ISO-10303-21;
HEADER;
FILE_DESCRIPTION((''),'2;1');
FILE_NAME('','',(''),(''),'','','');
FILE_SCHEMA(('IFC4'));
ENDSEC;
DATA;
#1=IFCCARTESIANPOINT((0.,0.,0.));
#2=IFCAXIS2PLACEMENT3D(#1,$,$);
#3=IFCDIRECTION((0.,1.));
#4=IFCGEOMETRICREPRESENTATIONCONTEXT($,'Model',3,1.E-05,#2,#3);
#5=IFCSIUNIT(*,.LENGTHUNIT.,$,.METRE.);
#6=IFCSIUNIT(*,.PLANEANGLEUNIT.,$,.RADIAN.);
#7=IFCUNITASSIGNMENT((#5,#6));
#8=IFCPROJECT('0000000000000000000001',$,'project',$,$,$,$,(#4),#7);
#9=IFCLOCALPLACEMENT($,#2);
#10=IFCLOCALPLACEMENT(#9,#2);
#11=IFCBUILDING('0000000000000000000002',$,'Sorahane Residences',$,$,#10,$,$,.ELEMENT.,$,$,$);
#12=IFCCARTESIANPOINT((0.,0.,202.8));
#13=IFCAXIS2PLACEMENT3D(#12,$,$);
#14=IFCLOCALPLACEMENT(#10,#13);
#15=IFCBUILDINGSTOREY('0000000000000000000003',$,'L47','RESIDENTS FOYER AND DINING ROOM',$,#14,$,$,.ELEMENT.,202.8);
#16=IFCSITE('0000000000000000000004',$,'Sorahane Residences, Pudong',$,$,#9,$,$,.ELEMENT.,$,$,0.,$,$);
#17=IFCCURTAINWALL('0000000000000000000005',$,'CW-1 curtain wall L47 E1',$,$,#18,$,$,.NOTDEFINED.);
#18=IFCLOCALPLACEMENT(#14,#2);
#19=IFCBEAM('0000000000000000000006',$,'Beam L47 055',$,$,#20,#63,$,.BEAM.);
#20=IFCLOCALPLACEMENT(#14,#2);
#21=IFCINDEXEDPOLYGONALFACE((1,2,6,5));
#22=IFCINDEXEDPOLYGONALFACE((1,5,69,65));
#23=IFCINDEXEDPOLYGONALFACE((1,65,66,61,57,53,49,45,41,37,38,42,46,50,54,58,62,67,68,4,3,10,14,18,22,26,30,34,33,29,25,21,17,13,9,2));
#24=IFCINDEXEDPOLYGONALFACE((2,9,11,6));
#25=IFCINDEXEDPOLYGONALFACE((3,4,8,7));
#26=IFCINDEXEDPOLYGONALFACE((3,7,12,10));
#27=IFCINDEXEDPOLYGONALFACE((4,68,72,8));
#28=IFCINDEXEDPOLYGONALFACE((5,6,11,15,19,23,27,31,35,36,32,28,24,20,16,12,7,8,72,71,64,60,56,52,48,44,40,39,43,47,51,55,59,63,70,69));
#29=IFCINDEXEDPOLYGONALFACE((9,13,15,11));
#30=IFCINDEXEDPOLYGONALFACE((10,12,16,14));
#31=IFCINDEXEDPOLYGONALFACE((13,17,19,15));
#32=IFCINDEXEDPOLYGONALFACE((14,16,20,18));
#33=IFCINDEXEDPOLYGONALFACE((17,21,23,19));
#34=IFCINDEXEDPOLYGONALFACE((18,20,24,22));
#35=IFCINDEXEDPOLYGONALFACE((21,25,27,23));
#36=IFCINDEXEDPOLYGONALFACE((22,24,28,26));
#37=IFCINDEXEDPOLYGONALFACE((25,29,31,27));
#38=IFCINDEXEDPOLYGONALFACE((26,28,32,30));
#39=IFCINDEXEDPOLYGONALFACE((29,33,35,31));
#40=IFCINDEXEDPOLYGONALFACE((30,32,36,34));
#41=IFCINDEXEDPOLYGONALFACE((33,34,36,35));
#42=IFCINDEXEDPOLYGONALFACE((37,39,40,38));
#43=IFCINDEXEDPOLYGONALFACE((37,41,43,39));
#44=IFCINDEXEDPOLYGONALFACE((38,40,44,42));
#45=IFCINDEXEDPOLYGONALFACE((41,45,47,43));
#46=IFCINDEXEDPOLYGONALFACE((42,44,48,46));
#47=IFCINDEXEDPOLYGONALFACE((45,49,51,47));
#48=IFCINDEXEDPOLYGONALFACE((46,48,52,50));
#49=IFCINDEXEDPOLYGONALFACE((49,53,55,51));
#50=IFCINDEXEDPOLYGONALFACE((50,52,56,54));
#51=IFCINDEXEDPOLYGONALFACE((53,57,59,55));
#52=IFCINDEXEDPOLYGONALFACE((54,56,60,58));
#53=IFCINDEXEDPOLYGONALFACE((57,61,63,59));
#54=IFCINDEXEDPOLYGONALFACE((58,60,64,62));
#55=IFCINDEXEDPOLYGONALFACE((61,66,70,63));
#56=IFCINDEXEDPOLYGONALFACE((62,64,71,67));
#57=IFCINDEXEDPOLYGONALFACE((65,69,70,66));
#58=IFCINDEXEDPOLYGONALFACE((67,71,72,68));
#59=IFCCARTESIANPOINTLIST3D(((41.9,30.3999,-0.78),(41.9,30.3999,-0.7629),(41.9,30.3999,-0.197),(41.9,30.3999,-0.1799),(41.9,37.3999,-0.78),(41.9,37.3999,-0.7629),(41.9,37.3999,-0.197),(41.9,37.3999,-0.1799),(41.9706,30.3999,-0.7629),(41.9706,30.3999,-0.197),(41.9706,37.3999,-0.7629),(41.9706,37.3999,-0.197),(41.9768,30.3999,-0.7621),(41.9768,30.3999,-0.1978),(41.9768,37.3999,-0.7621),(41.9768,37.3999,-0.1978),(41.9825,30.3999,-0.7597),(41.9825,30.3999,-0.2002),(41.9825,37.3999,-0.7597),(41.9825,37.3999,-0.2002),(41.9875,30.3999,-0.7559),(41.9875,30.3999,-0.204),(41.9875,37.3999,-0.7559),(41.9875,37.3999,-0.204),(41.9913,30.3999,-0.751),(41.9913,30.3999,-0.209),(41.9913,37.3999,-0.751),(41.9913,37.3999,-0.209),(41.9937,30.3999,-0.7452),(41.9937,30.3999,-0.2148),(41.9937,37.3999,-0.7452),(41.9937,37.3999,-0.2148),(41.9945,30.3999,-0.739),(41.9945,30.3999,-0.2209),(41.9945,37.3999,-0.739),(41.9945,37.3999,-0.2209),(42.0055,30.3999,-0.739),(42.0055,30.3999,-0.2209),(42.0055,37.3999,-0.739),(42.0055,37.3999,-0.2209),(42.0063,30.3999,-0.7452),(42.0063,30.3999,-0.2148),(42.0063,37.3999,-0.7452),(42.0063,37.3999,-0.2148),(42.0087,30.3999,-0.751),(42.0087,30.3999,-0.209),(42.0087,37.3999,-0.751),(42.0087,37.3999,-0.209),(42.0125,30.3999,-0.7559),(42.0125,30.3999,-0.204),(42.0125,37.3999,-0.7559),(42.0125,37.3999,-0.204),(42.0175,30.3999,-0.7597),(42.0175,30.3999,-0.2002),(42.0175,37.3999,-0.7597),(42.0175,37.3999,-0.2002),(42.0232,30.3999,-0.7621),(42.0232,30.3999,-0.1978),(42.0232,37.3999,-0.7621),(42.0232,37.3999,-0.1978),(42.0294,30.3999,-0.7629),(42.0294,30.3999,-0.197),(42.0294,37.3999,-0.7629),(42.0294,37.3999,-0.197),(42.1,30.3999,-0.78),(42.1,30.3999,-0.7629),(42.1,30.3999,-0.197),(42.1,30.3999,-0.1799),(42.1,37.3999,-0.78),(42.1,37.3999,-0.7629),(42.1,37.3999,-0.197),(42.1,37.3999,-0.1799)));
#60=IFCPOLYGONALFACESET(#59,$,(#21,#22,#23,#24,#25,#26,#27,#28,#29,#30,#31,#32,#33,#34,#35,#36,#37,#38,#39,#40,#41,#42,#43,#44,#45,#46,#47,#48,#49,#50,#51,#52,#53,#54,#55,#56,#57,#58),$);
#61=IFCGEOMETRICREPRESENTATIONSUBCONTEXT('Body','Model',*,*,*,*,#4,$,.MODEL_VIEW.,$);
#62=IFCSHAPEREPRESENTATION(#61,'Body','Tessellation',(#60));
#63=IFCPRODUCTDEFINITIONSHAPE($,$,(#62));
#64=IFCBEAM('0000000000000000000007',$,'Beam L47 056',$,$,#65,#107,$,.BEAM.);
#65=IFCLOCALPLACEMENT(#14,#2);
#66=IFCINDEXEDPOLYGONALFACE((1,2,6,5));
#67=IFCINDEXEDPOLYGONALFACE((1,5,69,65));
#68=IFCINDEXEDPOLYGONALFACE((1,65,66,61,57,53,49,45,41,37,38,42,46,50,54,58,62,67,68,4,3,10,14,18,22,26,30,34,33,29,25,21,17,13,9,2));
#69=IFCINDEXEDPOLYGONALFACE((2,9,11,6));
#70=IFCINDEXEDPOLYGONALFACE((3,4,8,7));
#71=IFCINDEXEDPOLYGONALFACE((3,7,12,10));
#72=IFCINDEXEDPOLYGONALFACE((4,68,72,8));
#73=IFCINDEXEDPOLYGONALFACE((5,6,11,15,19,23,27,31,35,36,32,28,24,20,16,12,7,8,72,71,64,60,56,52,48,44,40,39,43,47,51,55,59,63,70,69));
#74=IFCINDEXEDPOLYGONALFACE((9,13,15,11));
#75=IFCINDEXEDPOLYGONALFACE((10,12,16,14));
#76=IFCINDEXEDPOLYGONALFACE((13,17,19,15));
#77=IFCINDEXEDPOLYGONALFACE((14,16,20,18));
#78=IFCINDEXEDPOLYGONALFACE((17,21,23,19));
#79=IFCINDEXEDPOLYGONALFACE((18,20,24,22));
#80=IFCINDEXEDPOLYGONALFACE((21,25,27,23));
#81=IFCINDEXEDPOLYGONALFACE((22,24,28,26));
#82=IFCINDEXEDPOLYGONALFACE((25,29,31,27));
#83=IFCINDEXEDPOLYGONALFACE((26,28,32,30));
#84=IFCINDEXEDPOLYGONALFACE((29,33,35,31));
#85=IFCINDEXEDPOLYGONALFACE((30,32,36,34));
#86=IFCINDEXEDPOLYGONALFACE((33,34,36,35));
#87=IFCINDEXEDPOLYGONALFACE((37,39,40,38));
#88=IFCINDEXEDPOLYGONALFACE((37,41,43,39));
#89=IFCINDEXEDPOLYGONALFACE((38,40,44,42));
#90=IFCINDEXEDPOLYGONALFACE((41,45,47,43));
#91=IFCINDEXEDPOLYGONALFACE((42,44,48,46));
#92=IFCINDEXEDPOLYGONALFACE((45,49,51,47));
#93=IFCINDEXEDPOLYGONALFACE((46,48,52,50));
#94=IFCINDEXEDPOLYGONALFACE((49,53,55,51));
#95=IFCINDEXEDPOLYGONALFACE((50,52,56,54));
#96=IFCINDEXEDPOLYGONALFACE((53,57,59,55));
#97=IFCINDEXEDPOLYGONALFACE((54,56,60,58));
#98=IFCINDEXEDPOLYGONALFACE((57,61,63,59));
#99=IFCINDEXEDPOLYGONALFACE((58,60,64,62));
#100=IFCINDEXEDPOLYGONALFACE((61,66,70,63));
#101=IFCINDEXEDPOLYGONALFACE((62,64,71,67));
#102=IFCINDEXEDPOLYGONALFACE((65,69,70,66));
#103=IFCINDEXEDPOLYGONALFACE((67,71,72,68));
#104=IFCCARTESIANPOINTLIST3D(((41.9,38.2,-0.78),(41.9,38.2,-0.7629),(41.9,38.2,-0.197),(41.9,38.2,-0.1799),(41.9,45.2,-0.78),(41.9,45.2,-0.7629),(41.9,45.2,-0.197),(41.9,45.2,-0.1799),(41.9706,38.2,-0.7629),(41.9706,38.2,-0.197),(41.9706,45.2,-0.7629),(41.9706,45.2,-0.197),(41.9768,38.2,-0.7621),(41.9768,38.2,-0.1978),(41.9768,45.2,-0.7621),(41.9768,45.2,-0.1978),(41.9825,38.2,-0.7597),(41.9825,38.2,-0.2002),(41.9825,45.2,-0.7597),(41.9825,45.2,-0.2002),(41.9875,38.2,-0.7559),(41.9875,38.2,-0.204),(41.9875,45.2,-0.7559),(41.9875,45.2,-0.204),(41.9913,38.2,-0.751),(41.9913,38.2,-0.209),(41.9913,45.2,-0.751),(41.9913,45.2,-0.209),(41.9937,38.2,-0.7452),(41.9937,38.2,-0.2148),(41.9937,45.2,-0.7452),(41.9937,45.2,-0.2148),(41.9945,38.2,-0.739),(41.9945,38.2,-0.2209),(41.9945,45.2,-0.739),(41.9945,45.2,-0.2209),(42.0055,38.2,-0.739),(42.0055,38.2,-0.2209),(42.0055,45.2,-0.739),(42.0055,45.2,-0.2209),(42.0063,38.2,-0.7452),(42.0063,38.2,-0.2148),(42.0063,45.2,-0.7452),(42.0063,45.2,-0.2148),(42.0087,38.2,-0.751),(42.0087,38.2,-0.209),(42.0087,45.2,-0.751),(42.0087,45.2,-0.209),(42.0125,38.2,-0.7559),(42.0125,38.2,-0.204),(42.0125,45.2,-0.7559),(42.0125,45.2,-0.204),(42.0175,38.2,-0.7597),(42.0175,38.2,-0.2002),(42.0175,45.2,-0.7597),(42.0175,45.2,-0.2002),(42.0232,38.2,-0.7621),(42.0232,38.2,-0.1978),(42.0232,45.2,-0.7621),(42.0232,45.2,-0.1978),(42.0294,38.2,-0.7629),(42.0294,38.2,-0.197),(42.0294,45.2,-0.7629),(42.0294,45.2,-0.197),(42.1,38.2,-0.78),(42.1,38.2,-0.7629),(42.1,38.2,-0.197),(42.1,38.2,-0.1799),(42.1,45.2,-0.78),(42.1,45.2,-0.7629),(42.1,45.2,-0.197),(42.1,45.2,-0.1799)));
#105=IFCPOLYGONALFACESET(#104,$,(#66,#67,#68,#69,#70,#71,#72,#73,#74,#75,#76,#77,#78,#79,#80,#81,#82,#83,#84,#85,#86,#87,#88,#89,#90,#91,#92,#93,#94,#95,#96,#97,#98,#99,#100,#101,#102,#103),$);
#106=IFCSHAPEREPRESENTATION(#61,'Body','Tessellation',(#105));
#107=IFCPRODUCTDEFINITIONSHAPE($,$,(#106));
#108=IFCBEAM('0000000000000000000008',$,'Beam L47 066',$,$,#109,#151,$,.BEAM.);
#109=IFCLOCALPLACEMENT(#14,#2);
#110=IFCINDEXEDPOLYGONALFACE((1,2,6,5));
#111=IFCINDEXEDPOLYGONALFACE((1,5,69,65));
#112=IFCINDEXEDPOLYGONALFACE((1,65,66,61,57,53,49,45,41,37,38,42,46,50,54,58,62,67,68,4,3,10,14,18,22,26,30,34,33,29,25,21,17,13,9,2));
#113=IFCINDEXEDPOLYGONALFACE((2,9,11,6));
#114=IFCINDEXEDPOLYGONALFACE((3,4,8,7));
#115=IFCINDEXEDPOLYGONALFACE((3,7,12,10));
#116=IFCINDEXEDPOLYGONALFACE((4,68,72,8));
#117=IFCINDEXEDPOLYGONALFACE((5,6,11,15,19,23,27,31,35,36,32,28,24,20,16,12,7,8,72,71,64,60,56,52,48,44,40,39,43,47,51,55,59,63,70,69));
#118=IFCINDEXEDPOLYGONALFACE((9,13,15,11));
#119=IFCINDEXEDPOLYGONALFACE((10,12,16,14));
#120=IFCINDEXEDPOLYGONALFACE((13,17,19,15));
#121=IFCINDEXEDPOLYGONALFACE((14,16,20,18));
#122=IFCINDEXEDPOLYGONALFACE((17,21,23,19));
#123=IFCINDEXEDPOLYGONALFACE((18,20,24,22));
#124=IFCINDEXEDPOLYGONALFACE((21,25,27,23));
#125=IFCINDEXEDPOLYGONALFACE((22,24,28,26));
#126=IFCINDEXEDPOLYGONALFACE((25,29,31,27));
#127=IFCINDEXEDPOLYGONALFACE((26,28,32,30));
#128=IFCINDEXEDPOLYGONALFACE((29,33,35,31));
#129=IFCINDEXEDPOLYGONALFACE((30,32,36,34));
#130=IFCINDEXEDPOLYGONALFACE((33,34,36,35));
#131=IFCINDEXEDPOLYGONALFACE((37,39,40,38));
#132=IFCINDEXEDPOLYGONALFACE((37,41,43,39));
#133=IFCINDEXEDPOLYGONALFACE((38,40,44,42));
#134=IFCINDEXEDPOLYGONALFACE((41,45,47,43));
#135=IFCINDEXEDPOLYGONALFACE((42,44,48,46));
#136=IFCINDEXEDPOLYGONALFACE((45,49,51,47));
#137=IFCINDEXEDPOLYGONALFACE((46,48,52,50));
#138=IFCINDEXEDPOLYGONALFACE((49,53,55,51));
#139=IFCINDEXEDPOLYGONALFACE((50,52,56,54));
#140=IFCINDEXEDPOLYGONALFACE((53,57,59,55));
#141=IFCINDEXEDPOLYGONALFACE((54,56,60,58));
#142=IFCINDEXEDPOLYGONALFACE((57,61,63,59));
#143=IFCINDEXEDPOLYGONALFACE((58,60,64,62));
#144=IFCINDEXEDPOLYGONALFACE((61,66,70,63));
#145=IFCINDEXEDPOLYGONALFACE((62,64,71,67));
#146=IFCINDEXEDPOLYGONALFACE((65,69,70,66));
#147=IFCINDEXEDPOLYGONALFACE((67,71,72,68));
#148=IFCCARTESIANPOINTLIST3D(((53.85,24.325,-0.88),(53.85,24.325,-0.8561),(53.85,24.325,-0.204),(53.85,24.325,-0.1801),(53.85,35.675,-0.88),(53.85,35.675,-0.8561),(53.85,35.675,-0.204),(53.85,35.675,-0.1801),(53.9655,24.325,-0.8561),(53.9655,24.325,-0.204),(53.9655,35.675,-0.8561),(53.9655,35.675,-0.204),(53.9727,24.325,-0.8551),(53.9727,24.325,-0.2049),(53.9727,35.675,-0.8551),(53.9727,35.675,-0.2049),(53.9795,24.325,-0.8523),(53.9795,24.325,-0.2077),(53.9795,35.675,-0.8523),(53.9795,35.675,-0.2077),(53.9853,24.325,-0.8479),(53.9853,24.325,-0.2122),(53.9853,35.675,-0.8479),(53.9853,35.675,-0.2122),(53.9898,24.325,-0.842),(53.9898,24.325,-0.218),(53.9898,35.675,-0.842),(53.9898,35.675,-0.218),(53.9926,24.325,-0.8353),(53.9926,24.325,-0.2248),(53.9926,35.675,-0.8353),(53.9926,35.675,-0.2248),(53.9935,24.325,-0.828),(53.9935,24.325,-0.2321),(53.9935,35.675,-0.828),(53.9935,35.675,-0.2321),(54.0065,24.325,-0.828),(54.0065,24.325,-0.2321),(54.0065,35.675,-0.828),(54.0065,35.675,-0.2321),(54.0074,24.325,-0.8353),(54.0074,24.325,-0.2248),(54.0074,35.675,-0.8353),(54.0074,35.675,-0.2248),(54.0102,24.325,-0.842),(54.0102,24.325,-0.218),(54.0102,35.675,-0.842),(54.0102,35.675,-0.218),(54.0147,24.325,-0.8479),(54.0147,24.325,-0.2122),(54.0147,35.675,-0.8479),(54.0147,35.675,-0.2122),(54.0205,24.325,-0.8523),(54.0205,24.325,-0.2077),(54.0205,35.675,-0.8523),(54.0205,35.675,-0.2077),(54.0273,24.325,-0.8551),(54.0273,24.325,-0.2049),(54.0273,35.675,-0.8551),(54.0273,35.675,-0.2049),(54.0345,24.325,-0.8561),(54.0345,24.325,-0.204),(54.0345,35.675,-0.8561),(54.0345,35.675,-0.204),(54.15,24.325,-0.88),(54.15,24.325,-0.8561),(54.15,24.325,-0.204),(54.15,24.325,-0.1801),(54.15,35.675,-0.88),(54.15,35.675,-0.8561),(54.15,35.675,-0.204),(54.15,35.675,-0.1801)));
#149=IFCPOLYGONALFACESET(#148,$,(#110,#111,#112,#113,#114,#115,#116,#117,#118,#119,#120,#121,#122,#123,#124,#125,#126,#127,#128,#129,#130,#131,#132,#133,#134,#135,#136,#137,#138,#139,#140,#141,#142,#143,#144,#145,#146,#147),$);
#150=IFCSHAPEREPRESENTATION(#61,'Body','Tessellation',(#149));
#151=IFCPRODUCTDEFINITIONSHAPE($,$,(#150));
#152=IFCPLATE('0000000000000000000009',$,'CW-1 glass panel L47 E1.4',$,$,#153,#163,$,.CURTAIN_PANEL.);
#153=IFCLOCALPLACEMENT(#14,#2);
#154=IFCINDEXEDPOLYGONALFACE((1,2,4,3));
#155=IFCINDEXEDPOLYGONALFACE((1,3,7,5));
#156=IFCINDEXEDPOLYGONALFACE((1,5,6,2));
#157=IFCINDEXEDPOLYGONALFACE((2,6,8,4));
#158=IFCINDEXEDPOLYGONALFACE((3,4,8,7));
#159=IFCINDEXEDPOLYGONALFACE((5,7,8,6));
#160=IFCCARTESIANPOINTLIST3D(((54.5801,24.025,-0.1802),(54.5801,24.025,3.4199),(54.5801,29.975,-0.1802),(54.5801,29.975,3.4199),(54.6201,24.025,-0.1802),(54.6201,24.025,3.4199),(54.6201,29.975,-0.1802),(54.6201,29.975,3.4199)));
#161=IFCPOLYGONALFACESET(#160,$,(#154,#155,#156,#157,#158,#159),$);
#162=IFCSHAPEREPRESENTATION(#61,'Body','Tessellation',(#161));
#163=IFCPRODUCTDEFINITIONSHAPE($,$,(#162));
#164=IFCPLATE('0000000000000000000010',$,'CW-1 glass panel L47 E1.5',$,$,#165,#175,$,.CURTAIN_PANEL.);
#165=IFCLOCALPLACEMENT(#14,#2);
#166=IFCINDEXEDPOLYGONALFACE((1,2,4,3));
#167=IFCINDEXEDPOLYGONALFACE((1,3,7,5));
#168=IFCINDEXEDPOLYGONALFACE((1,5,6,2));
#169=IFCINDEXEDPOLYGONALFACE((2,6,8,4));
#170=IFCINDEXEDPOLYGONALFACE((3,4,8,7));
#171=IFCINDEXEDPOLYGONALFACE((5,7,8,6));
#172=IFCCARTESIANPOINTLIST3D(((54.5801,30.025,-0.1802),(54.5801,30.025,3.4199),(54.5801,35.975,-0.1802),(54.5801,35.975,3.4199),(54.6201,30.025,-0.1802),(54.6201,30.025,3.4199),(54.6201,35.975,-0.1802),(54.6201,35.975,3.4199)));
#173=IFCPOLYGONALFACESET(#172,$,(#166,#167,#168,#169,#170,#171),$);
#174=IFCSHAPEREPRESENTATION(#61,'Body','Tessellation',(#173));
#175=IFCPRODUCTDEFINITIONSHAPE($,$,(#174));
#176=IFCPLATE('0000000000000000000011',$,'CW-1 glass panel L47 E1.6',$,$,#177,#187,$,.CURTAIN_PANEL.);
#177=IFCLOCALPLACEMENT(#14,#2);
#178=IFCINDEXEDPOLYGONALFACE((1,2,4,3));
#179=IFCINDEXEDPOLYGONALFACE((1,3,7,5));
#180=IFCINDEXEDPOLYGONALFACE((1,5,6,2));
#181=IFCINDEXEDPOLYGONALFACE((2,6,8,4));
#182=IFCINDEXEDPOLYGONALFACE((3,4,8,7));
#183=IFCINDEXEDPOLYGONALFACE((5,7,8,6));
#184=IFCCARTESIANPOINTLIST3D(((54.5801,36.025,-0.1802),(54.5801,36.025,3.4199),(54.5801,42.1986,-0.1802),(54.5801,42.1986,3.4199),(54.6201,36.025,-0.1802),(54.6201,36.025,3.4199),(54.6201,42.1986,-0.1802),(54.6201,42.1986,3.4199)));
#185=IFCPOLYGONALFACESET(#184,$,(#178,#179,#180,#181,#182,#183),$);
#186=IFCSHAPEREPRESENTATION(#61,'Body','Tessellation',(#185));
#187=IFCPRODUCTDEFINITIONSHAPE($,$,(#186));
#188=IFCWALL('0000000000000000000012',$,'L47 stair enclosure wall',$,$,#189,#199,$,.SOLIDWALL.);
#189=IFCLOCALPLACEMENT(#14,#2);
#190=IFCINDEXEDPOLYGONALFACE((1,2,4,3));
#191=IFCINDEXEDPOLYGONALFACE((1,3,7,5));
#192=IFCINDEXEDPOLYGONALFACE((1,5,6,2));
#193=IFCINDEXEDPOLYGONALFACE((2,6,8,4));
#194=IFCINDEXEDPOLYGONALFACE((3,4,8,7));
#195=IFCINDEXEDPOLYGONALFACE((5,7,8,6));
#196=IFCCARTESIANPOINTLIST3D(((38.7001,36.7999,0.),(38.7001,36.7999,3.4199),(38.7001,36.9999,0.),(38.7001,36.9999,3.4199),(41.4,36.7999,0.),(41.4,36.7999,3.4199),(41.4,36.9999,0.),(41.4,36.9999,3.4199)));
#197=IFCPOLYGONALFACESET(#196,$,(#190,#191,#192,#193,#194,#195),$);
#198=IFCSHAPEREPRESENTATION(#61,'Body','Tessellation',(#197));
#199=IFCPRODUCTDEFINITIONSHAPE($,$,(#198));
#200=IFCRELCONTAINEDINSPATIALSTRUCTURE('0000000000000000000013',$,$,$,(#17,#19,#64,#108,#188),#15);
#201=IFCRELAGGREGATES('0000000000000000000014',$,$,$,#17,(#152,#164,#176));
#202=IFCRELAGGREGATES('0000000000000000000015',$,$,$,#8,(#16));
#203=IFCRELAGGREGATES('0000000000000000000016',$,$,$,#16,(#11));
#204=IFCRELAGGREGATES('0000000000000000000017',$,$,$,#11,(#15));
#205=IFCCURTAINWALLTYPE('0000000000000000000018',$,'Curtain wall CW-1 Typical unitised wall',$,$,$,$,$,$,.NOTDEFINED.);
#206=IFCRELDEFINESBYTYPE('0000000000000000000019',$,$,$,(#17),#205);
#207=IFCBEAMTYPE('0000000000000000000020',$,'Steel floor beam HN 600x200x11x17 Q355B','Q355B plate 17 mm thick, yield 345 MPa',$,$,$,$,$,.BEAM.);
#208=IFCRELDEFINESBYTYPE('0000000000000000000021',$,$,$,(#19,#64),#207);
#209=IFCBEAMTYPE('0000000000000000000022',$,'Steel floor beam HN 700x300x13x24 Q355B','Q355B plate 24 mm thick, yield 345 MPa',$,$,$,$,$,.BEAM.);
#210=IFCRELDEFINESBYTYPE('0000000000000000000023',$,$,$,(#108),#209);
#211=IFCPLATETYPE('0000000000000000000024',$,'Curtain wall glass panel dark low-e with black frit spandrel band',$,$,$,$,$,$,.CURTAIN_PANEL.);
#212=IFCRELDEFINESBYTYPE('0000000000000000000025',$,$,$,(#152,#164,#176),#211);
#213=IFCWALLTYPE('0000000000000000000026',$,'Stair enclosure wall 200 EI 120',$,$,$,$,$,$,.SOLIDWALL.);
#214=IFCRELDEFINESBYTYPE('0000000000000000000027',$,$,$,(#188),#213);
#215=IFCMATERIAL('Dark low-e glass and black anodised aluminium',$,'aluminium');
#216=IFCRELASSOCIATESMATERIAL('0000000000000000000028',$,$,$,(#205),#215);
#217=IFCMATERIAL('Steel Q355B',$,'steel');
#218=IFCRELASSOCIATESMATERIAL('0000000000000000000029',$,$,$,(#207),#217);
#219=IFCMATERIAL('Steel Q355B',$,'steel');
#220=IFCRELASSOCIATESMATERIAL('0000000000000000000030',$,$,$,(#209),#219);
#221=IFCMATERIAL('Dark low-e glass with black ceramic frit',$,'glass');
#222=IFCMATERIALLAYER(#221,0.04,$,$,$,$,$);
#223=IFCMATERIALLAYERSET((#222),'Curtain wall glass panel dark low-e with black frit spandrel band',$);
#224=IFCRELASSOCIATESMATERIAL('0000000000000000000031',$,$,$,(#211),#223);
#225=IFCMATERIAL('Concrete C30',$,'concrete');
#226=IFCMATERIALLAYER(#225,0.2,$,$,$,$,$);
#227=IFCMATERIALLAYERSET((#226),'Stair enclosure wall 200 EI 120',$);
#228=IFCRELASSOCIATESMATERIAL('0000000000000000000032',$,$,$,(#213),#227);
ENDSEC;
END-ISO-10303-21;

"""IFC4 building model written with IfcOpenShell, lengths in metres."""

from ifc_helpers import new_model, si_unit, direction, frame, frame_2d, origin, origin_2d, place, context, subcontext, project, spatial, rectangle, i_section, extrude, material, layer, layer_set, material_profile, profile_set, type_object, element, aggregate, save


model = new_model("IFC4")

# Units and contexts
model_context = context("Model", 3, precision=1e-05, world=origin(), true_north=direction((0.0, 1.0)))
body_context = subcontext(model_context, "Body", "Model", "MODEL_VIEW")
ifc_project = project(units=[si_unit("LENGTHUNIT", "METRE"), si_unit("PLANEANGLEUNIT", "RADIAN")], contexts=[model_context])

# Site, building, storey
site_placement = place(None, origin())
site = spatial("IfcSite", under=ifc_project, at=site_placement, Name="Sorahane Residences, Pudong", CompositionType="ELEMENT", RefElevation=0.0)
building_placement = place(site_placement, origin())
building = spatial("IfcBuilding", under=site, at=building_placement, Name="Sorahane Residences", CompositionType="ELEMENT")
storey_placement = place(building_placement, frame((0.0, 0.0, 202.8)))
storey = spatial("IfcBuildingStorey", under=building, at=storey_placement, Name="L47", Description="RESIDENTS FOYER AND DINING ROOM", CompositionType="ELEMENT", Elevation=202.8)

# Curtain wall
ifc_material_1 = material(Name="Dark low-e glass and black anodised aluminium", Category="aluminium")
curtain_wall_type = type_object("IfcCurtainWallType", Name="Curtain wall CW-1 Typical unitised wall", PredefinedType="NOTDEFINED", material=ifc_material_1)
curtain_wall_placement = place(storey_placement, origin())
curtain_wall = element("IfcCurtainWall", 1, at=curtain_wall_placement, inside=storey, type_object=curtain_wall_type, Name="CW-1 curtain wall L47 E1", PredefinedType="NOTDEFINED")

# Beams
ifc_material_2 = material(Name="Steel Q355B", Category="steel")
ifc_material_profile_1 = material_profile(ifc_material_2, i_section(OverallWidth=0.2, OverallDepth=0.6001, WebThickness=0.011, FlangeThickness=0.0171, FilletRadius=0.0239, at=origin_2d()), Name="HN 600x200x11x17")
ifc_profile_set_1 = profile_set([ifc_material_profile_1], Name="Steel Q355B")
beam_type_1 = type_object("IfcBeamType", Name="Steel floor beam HN 600x200x11x17 Q355B", Description="Q355B plate 17 mm thick, yield 345 MPa", PredefinedType="BEAM", material=ifc_profile_set_1)
for number, where, z_axis, x_axis, name in (
    (2, (42.0, 30.3999, -0.48), (0.0, 1.0, 0.0), (-1.0, 0.0, 0.0), "Beam L47 055"),
    (3, (42.0, 38.2, -0.48), (0.0, 1.0, 0.0), (-1.0, 0.0, 0.0), "Beam L47 056"),
):
    element("IfcBeam", number, at=place(storey_placement, frame(where, z_axis=z_axis, x_axis=x_axis)), inside=storey, type_object=beam_type_1, Name=name, PredefinedType="BEAM", context=body_context, shape_type="SweptSolid", body=[
        extrude(i_section(OverallWidth=0.2, OverallDepth=0.6001, WebThickness=0.011, FlangeThickness=0.0171, FilletRadius=0.0239, at=origin_2d()), origin(), (0.0, 0.0, 1.0), 7.0),
    ])
ifc_material_3 = material(Name="Steel Q355B", Category="steel")
ifc_material_profile_2 = material_profile(ifc_material_3, i_section(OverallWidth=0.3, OverallDepth=0.7, WebThickness=0.0129, FlangeThickness=0.0239, FilletRadius=0.0281, at=origin_2d()), Name="HN 700x300x13x24")
ifc_profile_set_2 = profile_set([ifc_material_profile_2], Name="Steel Q355B")
beam_type_2 = type_object("IfcBeamType", Name="Steel floor beam HN 700x300x13x24 Q355B", Description="Q355B plate 24 mm thick, yield 345 MPa", PredefinedType="BEAM", material=ifc_profile_set_2)
beam_1_placement = place(storey_placement, frame((54.0, 24.325, -0.53), z_axis=(0.0, 1.0, 0.0), x_axis=(-1.0, 0.0, 0.0)))
element("IfcBeam", 4, at=beam_1_placement, inside=storey, type_object=beam_type_2, Name="Beam L47 066", PredefinedType="BEAM", context=body_context, shape_type="SweptSolid", body=[
    extrude(i_section(OverallWidth=0.3, OverallDepth=0.7, WebThickness=0.0129, FlangeThickness=0.0239, FilletRadius=0.0281, at=origin_2d()), origin(), (0.0, 0.0, 1.0), 11.3501),
])

# Plates
ifc_material_4 = material(Name="Dark low-e glass with black ceramic frit", Category="glass")
ifc_layer_1 = layer(ifc_material_4, 0.04)
ifc_layer_set_1 = layer_set([ifc_layer_1], Name="Curtain wall glass panel dark low-e with black frit spandrel band")
plate_type = type_object("IfcPlateType", Name="Curtain wall glass panel dark low-e with black frit spandrel band", PredefinedType="CURTAIN_PANEL", material=ifc_layer_set_1)
plate_1_placement = place(storey_placement, frame((54.6001, 27.0, -0.1802), z_axis=(0.0, 0.0, 1.0), x_axis=(0.0, 1.0, 0.0)))
plate_1 = element("IfcPlate", 5, at=plate_1_placement, type_object=plate_type, Name="CW-1 glass panel L47 E1.4", PredefinedType="CURTAIN_PANEL", context=body_context, shape_type="SweptSolid", body=[
    extrude(rectangle(XDim=5.95, YDim=0.04, at=origin_2d()), origin(), (0.0, 0.0, 1.0), 3.6001),
])
plate_2_placement = place(storey_placement, frame((54.6001, 33.0, -0.1802), z_axis=(0.0, 0.0, 1.0), x_axis=(0.0, 1.0, 0.0)))
plate_2 = element("IfcPlate", 6, at=plate_2_placement, type_object=plate_type, Name="CW-1 glass panel L47 E1.5", PredefinedType="CURTAIN_PANEL", context=body_context, shape_type="SweptSolid", body=[
    extrude(rectangle(XDim=5.95, YDim=0.04, at=origin_2d()), origin(), (0.0, 0.0, 1.0), 3.6001),
])
plate_3_placement = place(storey_placement, frame((54.6001, 39.1118, -0.1802), z_axis=(0.0, 0.0, 1.0), x_axis=(0.0, 1.0, 0.0)))
plate_3 = element("IfcPlate", 7, at=plate_3_placement, type_object=plate_type, Name="CW-1 glass panel L47 E1.6", PredefinedType="CURTAIN_PANEL", context=body_context, shape_type="SweptSolid", body=[
    extrude(rectangle(XDim=6.1736, YDim=0.04, at=origin_2d()), origin(), (0.0, 0.0, 1.0), 3.6001),
])
aggregate(curtain_wall, [plate_1, plate_2, plate_3])

# Wall
ifc_material_5 = material(Name="Concrete C30", Category="concrete")
ifc_layer_2 = layer(ifc_material_5, 0.2)
ifc_layer_set_2 = layer_set([ifc_layer_2], Name="Stair enclosure wall 200 EI 120")
wall_type = type_object("IfcWallType", Name="Stair enclosure wall 200 EI 120", PredefinedType="SOLIDWALL", material=ifc_layer_set_2)
wall_placement = place(storey_placement, frame((38.7, 36.8999, 0.0), z_axis=(0.0, 0.0, 1.0), x_axis=(1.0, 0.0, 0.0)))
element("IfcWall", 8, at=wall_placement, inside=storey, type_object=wall_type, Name="L47 stair enclosure wall", PredefinedType="SOLIDWALL", context=body_context, shape_type="SweptSolid", body=[
    extrude(rectangle(XDim=2.7, YDim=0.2, at=frame_2d((1.3501, 0.0))), origin(), (0.0, 0.0, 1.0), 3.4199),
])

save(model, "model.ifc")
